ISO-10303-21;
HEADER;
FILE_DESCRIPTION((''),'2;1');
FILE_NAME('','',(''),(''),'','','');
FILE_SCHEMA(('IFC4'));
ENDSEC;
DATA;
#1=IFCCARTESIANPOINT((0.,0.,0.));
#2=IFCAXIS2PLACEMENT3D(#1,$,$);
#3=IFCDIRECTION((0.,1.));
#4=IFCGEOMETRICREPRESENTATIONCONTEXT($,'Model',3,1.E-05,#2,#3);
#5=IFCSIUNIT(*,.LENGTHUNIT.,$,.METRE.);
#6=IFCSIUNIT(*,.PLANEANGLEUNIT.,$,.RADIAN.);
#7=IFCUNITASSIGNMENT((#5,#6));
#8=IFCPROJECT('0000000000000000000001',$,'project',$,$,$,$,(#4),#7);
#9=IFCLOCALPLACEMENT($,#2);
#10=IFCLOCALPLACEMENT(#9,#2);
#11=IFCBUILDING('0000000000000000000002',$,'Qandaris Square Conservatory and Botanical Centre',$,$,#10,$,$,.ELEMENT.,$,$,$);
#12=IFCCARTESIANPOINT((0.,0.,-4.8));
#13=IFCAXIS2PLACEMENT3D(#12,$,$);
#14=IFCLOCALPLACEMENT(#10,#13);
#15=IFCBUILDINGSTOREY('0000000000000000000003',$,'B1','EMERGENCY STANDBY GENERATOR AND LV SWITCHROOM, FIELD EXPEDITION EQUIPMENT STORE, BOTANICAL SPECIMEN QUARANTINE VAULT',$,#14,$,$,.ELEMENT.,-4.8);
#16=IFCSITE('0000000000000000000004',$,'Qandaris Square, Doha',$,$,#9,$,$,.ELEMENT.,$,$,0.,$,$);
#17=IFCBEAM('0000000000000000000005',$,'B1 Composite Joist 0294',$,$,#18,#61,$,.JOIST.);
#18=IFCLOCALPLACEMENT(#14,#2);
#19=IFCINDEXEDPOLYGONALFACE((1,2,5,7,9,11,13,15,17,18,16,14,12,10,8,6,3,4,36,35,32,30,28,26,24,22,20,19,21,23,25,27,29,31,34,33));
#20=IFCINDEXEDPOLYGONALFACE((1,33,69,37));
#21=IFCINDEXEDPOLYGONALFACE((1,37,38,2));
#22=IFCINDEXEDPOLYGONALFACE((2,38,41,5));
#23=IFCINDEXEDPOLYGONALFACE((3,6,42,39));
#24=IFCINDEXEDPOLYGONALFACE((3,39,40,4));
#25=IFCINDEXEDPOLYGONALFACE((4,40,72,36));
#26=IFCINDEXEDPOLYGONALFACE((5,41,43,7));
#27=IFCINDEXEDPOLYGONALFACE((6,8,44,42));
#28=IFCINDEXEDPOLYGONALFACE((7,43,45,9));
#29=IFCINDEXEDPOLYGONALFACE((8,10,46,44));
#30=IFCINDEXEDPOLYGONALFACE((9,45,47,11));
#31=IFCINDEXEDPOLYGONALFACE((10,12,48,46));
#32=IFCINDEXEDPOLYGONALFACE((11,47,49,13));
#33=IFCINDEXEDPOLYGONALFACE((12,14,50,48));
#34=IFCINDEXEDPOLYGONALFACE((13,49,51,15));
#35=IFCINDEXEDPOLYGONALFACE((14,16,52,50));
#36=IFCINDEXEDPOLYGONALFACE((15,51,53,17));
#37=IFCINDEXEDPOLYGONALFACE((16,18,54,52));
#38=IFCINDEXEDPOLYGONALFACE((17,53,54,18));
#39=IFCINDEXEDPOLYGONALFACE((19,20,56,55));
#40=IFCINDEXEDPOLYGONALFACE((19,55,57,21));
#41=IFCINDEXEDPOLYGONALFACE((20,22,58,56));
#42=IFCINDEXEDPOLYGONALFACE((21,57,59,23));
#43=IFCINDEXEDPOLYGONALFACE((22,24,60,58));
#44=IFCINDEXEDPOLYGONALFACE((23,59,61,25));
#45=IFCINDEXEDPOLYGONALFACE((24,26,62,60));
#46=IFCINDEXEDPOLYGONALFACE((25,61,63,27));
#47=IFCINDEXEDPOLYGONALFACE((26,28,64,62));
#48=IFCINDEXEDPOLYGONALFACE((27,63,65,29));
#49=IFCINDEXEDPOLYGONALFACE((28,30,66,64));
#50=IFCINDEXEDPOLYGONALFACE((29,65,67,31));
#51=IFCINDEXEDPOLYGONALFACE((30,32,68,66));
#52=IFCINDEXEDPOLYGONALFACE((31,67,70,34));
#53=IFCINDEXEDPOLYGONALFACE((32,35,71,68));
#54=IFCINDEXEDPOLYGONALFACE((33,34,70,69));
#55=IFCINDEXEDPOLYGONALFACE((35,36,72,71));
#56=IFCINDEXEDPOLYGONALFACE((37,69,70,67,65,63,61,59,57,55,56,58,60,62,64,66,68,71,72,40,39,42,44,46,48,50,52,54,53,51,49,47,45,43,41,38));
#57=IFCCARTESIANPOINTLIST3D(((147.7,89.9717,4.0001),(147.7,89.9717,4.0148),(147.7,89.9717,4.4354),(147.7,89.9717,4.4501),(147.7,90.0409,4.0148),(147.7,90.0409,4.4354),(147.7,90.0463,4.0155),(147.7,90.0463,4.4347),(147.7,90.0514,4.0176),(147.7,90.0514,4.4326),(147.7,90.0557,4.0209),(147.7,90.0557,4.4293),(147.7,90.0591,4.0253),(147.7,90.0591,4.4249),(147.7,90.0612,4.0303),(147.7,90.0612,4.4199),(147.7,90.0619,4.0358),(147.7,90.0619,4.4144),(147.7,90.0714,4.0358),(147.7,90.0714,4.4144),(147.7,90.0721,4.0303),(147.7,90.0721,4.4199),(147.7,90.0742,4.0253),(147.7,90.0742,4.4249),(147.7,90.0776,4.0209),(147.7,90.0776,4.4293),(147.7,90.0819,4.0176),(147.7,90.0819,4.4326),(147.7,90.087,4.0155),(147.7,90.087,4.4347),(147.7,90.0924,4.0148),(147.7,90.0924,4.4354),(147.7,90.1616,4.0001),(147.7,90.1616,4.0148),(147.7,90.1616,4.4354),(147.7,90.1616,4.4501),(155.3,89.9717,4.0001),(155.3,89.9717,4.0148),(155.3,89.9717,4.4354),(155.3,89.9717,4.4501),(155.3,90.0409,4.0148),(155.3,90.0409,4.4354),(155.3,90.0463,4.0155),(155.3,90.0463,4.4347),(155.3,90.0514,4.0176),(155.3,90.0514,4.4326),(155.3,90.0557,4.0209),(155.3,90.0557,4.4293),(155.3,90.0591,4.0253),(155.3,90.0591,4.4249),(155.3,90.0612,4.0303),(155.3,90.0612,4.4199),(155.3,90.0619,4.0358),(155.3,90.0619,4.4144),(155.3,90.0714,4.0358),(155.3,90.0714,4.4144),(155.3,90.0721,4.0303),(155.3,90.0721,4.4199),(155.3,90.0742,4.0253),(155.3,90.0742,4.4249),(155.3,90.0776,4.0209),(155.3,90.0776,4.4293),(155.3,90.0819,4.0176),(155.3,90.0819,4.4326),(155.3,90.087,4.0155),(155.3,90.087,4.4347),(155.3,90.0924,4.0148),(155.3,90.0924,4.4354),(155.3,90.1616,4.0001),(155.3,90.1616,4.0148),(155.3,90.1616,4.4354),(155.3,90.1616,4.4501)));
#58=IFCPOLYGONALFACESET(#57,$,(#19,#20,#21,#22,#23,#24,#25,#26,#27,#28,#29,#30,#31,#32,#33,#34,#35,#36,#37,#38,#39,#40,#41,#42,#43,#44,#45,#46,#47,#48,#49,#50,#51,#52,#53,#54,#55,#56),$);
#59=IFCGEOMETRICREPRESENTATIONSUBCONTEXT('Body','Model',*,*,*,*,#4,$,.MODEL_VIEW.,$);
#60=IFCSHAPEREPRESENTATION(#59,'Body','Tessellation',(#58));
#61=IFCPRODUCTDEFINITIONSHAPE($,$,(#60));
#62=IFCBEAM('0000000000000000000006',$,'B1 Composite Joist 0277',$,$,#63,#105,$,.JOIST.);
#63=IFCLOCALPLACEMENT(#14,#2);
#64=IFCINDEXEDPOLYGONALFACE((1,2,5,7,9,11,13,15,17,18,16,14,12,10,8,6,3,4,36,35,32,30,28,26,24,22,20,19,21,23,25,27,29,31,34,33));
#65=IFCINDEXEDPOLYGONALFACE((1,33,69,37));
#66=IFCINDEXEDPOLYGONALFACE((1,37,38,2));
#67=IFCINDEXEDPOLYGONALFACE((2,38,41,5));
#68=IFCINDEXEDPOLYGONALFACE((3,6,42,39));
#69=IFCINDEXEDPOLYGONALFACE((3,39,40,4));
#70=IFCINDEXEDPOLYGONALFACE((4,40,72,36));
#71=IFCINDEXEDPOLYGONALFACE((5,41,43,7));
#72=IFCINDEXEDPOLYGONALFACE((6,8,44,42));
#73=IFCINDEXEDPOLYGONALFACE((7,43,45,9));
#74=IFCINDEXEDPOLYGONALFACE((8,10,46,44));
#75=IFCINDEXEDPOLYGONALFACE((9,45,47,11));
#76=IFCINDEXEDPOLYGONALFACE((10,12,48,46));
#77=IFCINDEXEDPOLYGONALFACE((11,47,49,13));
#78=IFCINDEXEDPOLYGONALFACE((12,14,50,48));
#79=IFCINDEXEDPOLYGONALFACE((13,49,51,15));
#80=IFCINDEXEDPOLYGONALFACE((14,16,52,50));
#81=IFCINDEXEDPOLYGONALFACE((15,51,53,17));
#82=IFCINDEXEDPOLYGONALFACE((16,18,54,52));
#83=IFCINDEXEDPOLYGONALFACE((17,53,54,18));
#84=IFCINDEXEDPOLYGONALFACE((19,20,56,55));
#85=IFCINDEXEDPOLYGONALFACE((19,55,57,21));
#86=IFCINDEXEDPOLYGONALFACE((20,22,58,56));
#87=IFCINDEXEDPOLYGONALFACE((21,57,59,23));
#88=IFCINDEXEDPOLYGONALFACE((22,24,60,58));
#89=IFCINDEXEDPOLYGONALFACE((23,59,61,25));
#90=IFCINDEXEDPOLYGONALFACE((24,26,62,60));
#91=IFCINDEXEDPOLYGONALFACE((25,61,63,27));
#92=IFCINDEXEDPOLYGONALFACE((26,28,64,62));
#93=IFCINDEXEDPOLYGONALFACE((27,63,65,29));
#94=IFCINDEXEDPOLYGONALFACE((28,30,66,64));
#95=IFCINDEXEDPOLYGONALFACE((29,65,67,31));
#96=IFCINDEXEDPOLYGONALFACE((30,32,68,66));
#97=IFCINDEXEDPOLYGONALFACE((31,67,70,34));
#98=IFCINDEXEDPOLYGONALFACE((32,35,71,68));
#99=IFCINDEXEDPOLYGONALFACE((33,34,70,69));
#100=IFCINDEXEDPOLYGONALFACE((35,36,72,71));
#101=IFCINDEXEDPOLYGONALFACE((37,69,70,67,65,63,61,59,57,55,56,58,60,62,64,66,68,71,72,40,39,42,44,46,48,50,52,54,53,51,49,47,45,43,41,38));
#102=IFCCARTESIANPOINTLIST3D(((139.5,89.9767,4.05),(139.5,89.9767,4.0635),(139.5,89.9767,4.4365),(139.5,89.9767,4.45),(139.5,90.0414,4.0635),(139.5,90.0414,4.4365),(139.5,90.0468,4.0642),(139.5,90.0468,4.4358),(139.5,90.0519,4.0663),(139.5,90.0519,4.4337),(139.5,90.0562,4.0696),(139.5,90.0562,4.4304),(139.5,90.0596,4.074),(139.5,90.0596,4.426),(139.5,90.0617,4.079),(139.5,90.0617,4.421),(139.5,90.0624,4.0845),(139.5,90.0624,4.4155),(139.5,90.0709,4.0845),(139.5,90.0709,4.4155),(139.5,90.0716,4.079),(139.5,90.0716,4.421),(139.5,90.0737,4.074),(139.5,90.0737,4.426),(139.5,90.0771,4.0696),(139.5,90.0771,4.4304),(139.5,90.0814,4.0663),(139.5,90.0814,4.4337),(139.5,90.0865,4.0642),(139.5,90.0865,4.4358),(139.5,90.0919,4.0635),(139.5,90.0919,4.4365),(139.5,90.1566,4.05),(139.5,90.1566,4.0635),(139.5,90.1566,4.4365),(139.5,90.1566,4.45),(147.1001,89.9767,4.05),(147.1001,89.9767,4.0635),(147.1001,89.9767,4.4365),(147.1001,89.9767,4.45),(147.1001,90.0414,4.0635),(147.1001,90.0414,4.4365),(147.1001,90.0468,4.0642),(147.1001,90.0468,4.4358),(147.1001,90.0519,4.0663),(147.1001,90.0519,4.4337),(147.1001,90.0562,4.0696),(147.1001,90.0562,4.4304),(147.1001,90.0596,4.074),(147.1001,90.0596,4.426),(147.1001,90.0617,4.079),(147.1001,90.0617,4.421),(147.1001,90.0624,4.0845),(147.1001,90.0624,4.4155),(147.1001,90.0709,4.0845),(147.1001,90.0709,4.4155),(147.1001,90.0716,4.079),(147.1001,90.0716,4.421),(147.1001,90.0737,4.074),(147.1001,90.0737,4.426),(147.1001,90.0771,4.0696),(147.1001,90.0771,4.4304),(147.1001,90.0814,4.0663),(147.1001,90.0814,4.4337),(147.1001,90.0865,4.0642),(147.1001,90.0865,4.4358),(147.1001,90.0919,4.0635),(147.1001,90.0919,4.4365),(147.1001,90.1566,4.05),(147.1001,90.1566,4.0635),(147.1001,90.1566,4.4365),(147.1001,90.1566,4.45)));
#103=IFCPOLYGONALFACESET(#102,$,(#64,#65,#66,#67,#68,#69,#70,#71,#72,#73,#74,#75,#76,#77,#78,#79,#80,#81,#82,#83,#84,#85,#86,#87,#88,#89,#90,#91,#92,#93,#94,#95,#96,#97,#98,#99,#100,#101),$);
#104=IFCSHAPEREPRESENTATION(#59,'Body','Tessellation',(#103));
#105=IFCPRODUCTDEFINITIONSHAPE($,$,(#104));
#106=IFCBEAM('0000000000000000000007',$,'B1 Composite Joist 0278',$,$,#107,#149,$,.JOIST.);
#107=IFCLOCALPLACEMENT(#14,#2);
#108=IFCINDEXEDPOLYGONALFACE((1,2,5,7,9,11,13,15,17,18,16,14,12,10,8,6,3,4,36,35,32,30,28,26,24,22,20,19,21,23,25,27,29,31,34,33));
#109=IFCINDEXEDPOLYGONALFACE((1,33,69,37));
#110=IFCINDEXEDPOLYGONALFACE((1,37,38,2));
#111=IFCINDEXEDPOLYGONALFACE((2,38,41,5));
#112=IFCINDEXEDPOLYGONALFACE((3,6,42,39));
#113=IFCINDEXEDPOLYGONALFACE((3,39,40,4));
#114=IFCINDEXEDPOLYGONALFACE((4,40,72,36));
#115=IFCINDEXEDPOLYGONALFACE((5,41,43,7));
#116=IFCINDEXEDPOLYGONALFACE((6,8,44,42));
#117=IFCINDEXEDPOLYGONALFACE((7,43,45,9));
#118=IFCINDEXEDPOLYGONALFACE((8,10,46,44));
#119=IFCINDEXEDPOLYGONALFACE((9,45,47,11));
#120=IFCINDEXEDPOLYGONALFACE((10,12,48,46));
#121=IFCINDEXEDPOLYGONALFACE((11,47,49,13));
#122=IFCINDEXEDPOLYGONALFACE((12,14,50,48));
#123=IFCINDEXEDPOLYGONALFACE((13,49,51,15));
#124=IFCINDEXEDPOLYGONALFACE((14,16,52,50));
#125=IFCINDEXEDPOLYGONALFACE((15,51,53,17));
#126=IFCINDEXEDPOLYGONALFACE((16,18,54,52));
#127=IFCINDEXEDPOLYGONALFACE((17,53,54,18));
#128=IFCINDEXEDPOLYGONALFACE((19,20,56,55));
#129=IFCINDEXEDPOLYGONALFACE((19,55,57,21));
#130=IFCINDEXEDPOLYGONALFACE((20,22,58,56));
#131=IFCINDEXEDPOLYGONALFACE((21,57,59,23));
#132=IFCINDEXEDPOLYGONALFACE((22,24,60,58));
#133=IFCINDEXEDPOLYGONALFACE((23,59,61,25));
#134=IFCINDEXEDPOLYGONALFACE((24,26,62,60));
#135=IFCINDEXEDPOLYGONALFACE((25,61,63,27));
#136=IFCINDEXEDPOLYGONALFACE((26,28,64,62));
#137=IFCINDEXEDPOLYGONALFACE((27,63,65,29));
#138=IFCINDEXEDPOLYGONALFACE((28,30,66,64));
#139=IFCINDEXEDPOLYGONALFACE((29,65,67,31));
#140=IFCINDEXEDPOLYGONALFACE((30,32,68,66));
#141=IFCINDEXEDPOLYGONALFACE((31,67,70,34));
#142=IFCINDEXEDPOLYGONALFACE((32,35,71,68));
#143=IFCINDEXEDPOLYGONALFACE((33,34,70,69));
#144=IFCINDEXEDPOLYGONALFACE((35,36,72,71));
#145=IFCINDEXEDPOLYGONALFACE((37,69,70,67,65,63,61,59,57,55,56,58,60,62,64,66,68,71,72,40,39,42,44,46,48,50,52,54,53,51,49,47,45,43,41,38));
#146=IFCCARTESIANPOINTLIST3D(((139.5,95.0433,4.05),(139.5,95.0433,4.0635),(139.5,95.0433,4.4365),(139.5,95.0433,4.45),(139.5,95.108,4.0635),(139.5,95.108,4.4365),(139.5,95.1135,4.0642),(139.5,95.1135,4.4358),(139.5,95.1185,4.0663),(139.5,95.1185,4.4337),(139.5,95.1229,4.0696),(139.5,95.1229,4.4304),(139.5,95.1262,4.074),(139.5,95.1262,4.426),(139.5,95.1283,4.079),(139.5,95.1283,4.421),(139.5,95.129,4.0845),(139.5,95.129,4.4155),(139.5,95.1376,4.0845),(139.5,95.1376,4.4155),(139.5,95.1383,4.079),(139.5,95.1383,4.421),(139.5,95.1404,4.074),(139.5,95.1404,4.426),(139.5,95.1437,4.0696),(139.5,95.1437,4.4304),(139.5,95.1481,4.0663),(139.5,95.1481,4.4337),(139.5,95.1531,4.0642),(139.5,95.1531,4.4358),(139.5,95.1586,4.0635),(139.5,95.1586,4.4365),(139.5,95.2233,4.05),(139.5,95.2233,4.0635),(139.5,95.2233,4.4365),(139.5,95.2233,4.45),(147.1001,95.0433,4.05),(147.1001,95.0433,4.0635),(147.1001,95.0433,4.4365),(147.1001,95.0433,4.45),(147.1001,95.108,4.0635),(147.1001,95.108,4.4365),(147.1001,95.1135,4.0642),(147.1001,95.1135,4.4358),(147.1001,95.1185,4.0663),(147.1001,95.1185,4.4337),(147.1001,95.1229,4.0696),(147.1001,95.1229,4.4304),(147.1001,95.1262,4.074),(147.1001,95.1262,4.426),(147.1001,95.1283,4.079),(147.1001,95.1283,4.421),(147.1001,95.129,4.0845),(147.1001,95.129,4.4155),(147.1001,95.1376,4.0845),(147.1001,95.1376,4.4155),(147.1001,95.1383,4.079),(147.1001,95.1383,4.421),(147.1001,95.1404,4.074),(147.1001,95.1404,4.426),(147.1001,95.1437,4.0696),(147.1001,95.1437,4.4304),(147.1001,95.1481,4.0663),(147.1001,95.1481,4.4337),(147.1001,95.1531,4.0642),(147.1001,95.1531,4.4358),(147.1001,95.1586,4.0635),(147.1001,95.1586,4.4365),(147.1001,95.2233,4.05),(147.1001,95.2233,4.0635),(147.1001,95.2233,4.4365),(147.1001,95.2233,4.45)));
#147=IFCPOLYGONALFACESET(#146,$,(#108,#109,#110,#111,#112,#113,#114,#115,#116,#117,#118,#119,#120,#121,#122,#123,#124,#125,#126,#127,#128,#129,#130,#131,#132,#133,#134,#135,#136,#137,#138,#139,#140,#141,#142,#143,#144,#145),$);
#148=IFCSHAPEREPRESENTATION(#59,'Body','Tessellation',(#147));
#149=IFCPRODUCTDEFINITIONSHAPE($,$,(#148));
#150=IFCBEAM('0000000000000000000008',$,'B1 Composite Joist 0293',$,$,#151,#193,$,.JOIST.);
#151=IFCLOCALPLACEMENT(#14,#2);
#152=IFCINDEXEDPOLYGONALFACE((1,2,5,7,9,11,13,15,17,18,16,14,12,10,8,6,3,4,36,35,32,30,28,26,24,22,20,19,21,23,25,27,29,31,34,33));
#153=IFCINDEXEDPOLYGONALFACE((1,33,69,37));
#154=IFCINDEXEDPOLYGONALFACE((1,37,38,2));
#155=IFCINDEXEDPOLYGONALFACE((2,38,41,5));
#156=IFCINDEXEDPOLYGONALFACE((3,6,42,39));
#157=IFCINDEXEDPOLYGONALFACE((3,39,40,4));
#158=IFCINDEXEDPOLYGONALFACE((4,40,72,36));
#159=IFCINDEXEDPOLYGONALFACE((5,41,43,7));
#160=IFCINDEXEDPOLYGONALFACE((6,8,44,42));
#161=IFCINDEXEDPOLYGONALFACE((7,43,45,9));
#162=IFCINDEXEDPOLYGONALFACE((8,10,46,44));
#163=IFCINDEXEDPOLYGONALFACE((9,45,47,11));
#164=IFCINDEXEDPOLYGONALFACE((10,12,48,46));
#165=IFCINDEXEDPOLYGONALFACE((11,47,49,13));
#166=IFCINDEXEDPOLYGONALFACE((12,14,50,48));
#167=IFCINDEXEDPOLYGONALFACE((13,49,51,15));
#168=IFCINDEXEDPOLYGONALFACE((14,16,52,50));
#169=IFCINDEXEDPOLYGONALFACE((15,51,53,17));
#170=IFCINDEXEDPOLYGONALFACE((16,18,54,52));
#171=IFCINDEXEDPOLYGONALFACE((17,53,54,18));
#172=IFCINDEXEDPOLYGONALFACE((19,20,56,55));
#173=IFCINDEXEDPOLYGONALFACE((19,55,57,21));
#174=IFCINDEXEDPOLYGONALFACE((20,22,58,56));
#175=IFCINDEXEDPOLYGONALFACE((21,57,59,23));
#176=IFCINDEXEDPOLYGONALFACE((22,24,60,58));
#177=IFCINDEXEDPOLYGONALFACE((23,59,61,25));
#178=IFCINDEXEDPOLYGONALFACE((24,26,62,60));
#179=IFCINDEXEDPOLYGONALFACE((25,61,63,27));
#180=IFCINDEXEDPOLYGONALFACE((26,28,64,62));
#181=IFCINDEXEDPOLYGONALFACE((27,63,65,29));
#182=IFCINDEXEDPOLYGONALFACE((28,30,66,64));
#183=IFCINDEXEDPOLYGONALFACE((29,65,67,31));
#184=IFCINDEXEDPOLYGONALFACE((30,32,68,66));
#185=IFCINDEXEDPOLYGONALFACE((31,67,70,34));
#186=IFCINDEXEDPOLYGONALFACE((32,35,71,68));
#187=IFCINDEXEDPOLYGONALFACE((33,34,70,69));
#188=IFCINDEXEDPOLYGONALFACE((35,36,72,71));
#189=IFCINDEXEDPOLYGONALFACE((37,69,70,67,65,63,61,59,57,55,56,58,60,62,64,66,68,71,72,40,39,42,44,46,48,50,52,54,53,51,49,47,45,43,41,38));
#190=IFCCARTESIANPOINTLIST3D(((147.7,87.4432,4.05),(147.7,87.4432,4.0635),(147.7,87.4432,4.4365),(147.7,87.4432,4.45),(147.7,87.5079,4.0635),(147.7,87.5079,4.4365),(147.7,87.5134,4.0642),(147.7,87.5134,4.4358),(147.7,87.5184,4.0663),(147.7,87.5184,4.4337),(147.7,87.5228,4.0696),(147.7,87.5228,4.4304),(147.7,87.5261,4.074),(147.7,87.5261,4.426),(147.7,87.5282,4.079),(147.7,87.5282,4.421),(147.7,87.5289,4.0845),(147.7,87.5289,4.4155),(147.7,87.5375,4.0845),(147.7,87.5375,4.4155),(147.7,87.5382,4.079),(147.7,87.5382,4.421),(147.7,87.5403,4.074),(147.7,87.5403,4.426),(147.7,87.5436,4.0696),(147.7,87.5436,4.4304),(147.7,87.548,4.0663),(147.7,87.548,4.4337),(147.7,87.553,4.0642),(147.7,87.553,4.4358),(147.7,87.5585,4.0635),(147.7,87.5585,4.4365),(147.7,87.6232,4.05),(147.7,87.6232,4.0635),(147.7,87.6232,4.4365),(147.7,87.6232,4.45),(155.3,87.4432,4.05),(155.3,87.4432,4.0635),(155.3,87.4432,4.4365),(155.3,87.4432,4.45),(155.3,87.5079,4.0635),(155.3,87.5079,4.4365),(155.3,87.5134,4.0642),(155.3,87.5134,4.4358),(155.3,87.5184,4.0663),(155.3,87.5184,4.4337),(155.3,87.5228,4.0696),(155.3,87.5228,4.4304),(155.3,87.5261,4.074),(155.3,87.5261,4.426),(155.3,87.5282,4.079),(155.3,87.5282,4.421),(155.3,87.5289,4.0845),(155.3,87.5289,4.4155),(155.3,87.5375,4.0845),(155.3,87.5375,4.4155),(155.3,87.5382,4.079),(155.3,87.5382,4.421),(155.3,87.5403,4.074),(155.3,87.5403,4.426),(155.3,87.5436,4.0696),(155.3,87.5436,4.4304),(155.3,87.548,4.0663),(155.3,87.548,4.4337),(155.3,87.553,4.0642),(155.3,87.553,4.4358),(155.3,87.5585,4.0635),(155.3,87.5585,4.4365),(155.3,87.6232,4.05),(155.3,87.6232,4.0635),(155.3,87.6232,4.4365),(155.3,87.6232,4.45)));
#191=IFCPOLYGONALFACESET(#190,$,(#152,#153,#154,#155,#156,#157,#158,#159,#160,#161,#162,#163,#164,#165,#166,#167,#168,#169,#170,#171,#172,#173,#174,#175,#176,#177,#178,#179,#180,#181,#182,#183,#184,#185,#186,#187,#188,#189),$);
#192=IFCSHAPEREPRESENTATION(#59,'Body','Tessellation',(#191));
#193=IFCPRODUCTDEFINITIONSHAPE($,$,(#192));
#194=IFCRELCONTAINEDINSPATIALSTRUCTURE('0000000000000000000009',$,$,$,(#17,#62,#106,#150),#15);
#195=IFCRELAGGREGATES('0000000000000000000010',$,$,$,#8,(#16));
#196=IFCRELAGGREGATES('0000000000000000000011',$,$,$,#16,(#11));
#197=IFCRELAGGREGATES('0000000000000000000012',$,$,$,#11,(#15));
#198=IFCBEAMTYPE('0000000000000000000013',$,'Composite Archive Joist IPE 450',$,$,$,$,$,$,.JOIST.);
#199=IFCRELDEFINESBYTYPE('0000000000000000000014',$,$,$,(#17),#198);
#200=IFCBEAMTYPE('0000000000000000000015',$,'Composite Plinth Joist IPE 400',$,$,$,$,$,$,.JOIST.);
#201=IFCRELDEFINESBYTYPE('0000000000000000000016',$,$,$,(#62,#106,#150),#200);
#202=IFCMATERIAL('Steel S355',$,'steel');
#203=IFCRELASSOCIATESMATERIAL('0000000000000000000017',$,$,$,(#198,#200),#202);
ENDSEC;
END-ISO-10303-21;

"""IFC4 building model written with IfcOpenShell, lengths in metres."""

from ifc_helpers import new_model, si_unit, direction, frame, origin, origin_2d, place, context, subcontext, project, spatial, i_section, extrude, material, material_profile, profile_set, type_object, element, save


model = new_model("IFC4")

# Units and contexts
model_context = context("Model", 3, precision=1e-05, world=origin(), true_north=direction((0.0, 1.0)))
body_context = subcontext(model_context, "Body", "Model", "MODEL_VIEW")
ifc_project = project(units=[si_unit("LENGTHUNIT", "METRE"), si_unit("PLANEANGLEUNIT", "RADIAN")], contexts=[model_context])

# Site, building, storey
site_placement = place(None, origin())
site = spatial("IfcSite", under=ifc_project, at=site_placement, Name="Qandaris Square, Doha", CompositionType="ELEMENT", RefElevation=0.0)
building_placement = place(site_placement, origin())
building = spatial("IfcBuilding", under=site, at=building_placement, Name="Qandaris Square Conservatory and Botanical Centre", CompositionType="ELEMENT")
storey_placement = place(building_placement, frame((0.0, 0.0, -4.8)))
storey = spatial("IfcBuildingStorey", under=building, at=storey_placement, Name="B1", Description="EMERGENCY STANDBY GENERATOR AND LV SWITCHROOM, FIELD EXPEDITION EQUIPMENT STORE, BOTANICAL SPECIMEN QUARANTINE VAULT", CompositionType="ELEMENT", Elevation=-4.8)

# Beams
ifc_material_1 = material(Name="Steel S355", Category="steel")
ifc_material_profile_1 = material_profile(ifc_material_1, i_section(OverallWidth=0.1899, OverallDepth=0.45, WebThickness=0.0095, FlangeThickness=0.0146, FilletRadius=0.021, at=origin_2d()), Name="IPE 450")
ifc_profile_set_1 = profile_set([ifc_material_profile_1], Name="Steel S355")
beam_type_1 = type_object("IfcBeamType", Name="Composite Archive Joist IPE 450", PredefinedType="JOIST", material=ifc_profile_set_1)
for number, where, z_axis, x_axis, name in (
    (1, (147.7, 90.0667, 4.2251), (1.0, 0.0, 0.0), (0.0, 1.0, 0.0), "B1 Composite Joist 0294"),
):
    element("IfcBeam", number, at=place(storey_placement, frame(where, z_axis=z_axis, x_axis=x_axis)), inside=storey, type_object=beam_type_1, Name=name, PredefinedType="JOIST", context=body_context, shape_type="SweptSolid", body=[
        extrude(i_section(OverallWidth=0.1899, OverallDepth=0.45, WebThickness=0.0095, FlangeThickness=0.0146, FilletRadius=0.021, at=origin_2d()), origin(), (0.0, 0.0, 1.0), 7.6001),
    ])
ifc_material_profile_2 = material_profile(ifc_material_1, i_section(OverallWidth=0.1799, OverallDepth=0.3999, WebThickness=0.0085, FlangeThickness=0.0134, FilletRadius=0.021, at=origin_2d()), Name="IPE 400")
ifc_profile_set_2 = profile_set([ifc_material_profile_2], Name="Steel S355")
beam_type_2 = type_object("IfcBeamType", Name="Composite Plinth Joist IPE 400", PredefinedType="JOIST", material=ifc_profile_set_2)
for number, where, z_axis, x_axis, name in (
    (2, (139.5, 90.0667, 4.25), (1.0, 0.0, 0.0), (0.0, 1.0, 0.0), "B1 Composite Joist 0277"),
    (3, (139.5, 95.1333, 4.25), (1.0, 0.0, 0.0), (0.0, 1.0, 0.0), "B1 Composite Joist 0278"),
    (4, (147.7, 87.5332, 4.25), (1.0, 0.0, 0.0), (0.0, 1.0, 0.0), "B1 Composite Joist 0293"),
):
    element("IfcBeam", number, at=place(storey_placement, frame(where, z_axis=z_axis, x_axis=x_axis)), inside=storey, type_object=beam_type_2, Name=name, PredefinedType="JOIST", context=body_context, shape_type="SweptSolid", body=[
        extrude(i_section(OverallWidth=0.1799, OverallDepth=0.3999, WebThickness=0.0085, FlangeThickness=0.0134, FilletRadius=0.021, at=origin_2d()), origin(), (0.0, 0.0, 1.0), 7.6001),
    ])

save(model, "model.ifc")
